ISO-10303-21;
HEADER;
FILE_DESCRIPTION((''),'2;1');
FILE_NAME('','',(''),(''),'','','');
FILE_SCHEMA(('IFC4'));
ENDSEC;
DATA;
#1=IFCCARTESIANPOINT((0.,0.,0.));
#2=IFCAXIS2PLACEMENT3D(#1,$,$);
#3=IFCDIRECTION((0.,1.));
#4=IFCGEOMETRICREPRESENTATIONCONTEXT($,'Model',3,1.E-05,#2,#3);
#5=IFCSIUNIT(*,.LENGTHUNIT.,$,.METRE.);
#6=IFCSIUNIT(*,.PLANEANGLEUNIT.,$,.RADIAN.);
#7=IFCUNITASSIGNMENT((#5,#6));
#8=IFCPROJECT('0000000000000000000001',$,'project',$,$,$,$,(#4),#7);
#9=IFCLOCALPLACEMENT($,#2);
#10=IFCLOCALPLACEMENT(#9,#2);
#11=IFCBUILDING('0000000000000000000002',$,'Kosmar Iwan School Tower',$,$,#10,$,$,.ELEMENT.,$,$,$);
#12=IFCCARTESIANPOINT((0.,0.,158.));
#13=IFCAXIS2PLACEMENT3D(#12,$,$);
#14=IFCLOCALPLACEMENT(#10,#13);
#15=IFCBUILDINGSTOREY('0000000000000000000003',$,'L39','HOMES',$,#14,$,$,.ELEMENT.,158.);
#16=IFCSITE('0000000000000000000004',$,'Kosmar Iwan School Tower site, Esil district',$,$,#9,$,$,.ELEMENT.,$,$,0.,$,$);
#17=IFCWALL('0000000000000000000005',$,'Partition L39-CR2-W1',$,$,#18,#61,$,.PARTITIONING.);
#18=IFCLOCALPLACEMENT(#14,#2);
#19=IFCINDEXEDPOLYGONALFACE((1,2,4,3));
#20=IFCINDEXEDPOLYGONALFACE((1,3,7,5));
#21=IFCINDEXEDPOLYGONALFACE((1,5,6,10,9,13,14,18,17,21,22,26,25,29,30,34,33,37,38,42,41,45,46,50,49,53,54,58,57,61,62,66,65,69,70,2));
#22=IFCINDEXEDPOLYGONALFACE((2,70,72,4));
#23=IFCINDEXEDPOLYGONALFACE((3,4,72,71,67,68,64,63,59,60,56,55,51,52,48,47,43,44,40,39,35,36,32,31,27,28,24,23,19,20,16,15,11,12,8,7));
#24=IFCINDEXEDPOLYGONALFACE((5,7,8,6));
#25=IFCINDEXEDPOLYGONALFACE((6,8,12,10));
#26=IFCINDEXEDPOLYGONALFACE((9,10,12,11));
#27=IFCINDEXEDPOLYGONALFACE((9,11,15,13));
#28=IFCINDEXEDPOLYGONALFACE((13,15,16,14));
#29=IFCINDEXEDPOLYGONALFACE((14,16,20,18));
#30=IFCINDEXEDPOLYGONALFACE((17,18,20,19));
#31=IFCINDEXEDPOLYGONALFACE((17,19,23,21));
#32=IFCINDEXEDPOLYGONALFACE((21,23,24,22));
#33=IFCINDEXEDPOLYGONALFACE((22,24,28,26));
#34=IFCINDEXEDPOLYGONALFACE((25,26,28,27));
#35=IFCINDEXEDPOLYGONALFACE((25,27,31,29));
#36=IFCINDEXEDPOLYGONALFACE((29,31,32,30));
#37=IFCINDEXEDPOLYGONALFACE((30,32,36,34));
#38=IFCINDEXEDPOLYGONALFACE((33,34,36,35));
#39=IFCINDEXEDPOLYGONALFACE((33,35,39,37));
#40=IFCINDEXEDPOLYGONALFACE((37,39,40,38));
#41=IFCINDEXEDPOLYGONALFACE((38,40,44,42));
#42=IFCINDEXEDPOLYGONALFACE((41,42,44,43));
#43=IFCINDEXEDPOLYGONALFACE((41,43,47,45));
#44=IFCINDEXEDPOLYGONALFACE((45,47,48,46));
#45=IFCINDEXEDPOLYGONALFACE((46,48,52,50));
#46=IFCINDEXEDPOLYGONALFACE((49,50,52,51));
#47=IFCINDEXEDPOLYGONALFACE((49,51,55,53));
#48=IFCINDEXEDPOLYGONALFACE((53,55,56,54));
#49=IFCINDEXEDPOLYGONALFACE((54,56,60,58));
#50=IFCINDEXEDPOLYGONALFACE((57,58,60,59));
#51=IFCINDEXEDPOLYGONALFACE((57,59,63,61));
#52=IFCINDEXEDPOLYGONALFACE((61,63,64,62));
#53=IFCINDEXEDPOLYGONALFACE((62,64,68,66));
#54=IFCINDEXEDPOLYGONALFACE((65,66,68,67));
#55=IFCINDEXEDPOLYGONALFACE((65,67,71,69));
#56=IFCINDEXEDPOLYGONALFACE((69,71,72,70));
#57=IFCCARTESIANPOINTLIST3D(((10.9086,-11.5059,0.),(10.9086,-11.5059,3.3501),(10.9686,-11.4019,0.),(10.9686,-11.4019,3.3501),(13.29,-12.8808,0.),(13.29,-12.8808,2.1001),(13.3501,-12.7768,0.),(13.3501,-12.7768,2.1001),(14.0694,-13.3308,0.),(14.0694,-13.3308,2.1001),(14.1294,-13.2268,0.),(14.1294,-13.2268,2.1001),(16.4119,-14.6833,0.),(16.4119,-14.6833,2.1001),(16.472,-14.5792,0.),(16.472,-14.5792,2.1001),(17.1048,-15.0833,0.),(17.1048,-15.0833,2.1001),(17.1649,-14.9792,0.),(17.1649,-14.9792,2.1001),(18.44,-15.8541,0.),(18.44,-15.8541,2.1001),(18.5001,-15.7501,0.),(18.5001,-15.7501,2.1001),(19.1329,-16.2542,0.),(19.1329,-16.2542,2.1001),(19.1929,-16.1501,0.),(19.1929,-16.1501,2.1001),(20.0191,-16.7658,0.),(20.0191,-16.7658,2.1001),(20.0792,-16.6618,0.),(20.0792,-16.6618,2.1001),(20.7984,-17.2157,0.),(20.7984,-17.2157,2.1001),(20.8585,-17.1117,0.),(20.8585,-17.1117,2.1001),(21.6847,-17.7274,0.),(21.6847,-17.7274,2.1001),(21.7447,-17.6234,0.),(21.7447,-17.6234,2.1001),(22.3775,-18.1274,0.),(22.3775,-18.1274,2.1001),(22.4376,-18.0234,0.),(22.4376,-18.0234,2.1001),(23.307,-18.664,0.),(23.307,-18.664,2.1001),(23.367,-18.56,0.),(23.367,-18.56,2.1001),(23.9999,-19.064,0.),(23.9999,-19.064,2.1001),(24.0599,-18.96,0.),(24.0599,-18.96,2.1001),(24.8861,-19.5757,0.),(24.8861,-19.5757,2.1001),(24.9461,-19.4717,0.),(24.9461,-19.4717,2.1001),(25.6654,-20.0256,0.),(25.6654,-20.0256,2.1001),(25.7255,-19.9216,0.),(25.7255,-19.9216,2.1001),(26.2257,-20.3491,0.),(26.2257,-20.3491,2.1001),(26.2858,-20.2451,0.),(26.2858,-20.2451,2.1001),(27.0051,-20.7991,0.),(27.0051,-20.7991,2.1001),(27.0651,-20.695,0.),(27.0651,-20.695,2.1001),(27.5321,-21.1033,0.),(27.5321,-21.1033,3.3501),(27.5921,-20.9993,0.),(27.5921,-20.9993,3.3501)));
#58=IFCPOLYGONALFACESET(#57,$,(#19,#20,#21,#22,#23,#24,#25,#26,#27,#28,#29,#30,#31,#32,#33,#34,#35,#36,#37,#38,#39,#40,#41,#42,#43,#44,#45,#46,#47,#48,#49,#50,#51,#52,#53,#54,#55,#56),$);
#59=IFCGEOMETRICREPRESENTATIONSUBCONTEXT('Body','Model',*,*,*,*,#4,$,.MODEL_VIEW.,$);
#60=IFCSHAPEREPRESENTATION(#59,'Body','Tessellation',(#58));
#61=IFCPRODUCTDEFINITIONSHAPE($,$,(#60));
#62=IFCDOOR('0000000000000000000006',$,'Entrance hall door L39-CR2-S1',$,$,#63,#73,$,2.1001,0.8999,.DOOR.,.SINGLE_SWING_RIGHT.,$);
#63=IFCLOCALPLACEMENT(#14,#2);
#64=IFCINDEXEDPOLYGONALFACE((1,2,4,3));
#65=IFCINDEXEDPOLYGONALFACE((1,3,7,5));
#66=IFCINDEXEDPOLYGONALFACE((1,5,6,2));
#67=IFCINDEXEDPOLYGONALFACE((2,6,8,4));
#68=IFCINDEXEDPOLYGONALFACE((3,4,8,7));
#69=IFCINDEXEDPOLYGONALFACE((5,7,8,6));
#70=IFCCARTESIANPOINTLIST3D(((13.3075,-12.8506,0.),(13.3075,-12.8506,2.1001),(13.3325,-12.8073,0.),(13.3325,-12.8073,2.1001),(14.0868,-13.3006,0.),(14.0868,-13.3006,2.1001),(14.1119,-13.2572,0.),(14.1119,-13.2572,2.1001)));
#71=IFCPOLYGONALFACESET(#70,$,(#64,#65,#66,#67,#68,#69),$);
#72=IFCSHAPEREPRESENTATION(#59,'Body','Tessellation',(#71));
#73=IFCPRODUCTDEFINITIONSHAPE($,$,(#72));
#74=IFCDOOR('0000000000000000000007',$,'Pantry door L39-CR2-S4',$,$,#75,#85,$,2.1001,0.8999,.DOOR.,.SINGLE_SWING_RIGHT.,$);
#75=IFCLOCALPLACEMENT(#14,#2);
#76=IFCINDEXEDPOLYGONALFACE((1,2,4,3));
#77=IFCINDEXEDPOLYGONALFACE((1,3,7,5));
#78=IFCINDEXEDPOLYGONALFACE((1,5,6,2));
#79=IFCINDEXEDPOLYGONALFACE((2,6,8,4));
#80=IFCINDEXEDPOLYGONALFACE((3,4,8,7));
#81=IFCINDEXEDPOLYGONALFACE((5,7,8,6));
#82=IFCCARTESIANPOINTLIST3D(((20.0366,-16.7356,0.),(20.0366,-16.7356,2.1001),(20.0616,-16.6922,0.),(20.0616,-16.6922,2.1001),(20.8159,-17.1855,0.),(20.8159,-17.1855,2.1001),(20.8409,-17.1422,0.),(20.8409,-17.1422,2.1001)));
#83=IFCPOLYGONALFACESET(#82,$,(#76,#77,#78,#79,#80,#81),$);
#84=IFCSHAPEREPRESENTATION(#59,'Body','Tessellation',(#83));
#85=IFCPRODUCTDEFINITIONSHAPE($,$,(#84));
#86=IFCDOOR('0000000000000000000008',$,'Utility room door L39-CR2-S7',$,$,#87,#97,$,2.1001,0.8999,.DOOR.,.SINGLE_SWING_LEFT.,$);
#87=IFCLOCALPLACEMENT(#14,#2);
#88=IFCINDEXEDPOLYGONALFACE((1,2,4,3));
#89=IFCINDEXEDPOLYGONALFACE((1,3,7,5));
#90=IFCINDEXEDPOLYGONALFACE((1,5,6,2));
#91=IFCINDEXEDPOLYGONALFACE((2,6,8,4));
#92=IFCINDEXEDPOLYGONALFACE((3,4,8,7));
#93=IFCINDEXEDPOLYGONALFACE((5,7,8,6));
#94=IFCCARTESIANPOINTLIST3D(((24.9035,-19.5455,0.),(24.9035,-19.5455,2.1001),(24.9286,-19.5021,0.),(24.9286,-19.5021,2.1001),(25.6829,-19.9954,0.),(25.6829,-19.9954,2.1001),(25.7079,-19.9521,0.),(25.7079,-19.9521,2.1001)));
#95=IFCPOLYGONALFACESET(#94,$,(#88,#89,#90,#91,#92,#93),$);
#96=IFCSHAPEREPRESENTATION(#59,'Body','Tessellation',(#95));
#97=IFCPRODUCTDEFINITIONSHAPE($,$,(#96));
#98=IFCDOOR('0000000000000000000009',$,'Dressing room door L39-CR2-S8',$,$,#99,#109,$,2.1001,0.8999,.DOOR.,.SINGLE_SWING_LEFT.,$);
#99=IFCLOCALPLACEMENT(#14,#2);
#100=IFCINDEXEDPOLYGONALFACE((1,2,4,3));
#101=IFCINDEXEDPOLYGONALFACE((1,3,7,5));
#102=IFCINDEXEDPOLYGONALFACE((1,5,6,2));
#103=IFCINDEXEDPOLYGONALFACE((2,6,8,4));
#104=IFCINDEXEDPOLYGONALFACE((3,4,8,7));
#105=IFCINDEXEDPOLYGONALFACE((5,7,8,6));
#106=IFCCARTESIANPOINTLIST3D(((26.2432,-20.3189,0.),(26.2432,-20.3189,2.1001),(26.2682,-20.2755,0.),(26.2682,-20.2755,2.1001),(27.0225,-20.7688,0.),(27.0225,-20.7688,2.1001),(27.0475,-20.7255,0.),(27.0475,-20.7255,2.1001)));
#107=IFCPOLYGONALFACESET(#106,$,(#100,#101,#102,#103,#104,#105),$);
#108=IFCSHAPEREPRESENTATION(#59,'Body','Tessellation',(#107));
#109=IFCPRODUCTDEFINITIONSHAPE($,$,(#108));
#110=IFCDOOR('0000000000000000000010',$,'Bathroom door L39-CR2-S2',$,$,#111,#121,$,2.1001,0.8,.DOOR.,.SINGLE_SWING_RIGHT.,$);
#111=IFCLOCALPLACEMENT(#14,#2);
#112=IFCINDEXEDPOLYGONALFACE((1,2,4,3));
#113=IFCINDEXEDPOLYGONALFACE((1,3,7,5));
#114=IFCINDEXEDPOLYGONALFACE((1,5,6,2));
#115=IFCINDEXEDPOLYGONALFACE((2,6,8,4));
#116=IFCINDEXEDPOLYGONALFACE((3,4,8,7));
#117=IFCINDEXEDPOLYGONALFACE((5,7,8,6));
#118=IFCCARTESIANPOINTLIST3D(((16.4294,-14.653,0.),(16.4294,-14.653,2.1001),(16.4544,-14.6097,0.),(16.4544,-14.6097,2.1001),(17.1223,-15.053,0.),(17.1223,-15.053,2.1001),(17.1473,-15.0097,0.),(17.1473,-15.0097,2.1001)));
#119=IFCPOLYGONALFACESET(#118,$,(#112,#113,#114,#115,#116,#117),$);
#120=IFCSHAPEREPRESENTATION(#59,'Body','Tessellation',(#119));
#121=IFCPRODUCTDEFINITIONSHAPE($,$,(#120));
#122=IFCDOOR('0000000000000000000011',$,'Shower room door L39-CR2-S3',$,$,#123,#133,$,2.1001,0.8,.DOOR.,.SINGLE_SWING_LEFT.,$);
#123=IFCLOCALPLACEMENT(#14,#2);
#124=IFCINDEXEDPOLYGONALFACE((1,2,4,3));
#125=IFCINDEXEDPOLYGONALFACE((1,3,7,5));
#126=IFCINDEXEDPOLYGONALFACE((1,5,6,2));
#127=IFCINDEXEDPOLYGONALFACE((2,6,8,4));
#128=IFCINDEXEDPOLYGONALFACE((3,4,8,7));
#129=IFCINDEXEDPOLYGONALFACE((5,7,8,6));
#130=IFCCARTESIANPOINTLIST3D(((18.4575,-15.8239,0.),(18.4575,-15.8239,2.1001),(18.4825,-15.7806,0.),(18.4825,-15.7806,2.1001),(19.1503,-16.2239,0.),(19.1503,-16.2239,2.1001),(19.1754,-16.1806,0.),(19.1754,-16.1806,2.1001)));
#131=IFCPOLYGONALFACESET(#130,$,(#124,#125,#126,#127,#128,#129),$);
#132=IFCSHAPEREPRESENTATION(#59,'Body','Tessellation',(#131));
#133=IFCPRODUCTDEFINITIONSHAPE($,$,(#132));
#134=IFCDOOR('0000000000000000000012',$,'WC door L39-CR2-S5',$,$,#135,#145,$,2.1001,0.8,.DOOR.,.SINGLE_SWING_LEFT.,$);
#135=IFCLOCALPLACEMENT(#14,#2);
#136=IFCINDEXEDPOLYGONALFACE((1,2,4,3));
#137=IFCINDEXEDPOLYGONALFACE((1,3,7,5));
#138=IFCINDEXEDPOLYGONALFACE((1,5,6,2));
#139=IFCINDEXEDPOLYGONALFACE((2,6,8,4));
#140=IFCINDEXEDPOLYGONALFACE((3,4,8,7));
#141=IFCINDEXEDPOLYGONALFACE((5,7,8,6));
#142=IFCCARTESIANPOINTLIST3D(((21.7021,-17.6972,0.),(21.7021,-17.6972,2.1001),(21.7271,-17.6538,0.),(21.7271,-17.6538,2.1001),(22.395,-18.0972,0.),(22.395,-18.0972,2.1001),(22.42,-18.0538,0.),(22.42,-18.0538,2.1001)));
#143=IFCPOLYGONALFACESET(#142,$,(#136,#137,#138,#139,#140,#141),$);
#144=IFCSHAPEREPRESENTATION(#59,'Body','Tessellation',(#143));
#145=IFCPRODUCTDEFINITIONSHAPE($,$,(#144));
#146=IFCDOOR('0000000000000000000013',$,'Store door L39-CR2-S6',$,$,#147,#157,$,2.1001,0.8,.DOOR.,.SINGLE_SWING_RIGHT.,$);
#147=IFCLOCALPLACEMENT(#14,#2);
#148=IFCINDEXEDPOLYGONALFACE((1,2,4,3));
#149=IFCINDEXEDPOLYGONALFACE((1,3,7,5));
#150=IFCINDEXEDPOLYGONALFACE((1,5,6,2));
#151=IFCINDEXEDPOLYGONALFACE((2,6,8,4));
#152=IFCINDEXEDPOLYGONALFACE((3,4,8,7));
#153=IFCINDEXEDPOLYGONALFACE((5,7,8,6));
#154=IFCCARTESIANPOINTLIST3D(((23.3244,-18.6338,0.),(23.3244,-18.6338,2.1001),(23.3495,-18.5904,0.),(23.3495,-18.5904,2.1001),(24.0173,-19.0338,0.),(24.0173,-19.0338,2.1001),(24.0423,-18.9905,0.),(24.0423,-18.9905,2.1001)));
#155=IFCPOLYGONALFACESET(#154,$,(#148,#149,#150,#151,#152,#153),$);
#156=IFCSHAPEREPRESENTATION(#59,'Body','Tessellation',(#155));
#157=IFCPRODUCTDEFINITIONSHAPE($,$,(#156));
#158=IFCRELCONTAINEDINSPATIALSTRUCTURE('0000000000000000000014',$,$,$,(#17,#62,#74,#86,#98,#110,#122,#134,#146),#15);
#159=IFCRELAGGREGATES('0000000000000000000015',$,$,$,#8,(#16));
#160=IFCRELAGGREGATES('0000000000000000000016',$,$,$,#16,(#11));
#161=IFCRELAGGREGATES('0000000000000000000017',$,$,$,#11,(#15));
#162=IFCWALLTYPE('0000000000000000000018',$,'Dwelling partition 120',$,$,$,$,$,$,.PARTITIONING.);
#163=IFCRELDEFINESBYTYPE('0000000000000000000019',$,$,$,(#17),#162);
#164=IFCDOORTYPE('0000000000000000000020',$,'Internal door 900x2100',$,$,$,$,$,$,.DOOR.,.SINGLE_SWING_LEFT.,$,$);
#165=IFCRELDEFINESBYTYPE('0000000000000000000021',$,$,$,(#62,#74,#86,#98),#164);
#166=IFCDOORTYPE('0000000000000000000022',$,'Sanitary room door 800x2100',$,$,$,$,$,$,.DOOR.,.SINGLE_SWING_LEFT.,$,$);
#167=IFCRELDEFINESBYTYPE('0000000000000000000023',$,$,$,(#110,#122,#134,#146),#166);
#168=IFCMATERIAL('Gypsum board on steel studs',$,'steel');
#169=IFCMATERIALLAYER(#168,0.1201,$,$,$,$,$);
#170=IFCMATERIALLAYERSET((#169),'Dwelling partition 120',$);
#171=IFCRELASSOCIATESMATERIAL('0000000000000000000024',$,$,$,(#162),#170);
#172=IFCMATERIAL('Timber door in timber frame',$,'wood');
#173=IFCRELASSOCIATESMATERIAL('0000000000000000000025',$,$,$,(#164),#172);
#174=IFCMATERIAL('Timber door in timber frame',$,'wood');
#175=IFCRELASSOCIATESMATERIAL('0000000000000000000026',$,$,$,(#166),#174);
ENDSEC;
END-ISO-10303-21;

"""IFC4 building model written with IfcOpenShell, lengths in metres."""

from ifc_helpers import new_model, si_unit, direction, frame, frame_2d, origin, place, context, subcontext, project, spatial, rectangle, extrude, material, layer, layer_set, type_object, element, fill, save


model = new_model("IFC4")

# Units and contexts
model_context = context("Model", 3, precision=1e-05, world=origin(), true_north=direction((0.0, 1.0)))
body_context = subcontext(model_context, "Body", "Model", "MODEL_VIEW")
ifc_project = project(units=[si_unit("LENGTHUNIT", "METRE"), si_unit("PLANEANGLEUNIT", "RADIAN")], contexts=[model_context])

# Site, building, storey
site_placement = place(None, origin())
site = spatial("IfcSite", under=ifc_project, at=site_placement, Name="Kosmar Iwan School Tower site, Esil district", CompositionType="ELEMENT", RefElevation=0.0)
building_placement = place(site_placement, origin())
building = spatial("IfcBuilding", under=site, at=building_placement, Name="Kosmar Iwan School Tower", CompositionType="ELEMENT")
storey_placement = place(building_placement, frame((0.0, 0.0, 158.0)))
storey = spatial("IfcBuildingStorey", under=building, at=storey_placement, Name="L39", Description="HOMES", CompositionType="ELEMENT", Elevation=158.0)

# Shared definitions
ifc_material_1 = material(Name="Gypsum board on steel studs", Category="steel")
ifc_layer_1 = layer(ifc_material_1, 0.1201)
ifc_layer_set_1 = layer_set([ifc_layer_1], Name="Dwelling partition 120")
wall_type_1 = type_object("IfcWallType", Name="Dwelling partition 120", PredefinedType="PARTITIONING", material=ifc_layer_set_1)

# Wall, openings, doors
wall_1_placement = place(storey_placement, frame((10.9385, -11.4539, 0.0), z_axis=(0.0, 0.0, 1.0), x_axis=(0.86603, -0.499993, 0.0)))
wall_1 = element("IfcWall", 1, at=wall_1_placement, inside=storey, type_object=wall_type_1, Name="Partition L39-CR2-W1", PredefinedType="PARTITIONING", context=body_context, shape_type="SweptSolid", body=[
    extrude(rectangle(XDim=19.1951, YDim=0.1201, at=frame_2d((9.5977, 0.0))), origin(), (0.0, 0.0, 1.0), 3.3501),
])
opening_1_placement = place(wall_1_placement, frame((2.75, 0.0, 0.0)))
opening_1 = element("IfcOpeningElement", 2, at=opening_1_placement, cuts=wall_1, PredefinedType="OPENING", context=body_context, shape_type="SweptSolid", body=[
    extrude(rectangle(XDim=0.8999, YDim=2.1001, at=frame_2d((0.45, 1.05))), frame((0.0, 0.072, 0.0), z_axis=(0.0, -1.0, 0.0), x_axis=(1.0, 0.0, 0.0)), (0.0, 0.0, 1.0), 0.144),
])
opening_2_placement = place(wall_1_placement, frame((6.355, 0.0, 0.0)))
opening_2 = element("IfcOpeningElement", 3, at=opening_2_placement, cuts=wall_1, PredefinedType="OPENING", context=body_context, shape_type="SweptSolid", body=[
    extrude(rectangle(XDim=0.8, YDim=2.1001, at=frame_2d((0.3999, 1.05))), frame((0.0, 0.072, 0.0), z_axis=(0.0, -1.0, 0.0), x_axis=(1.0, 0.0, 0.0)), (0.0, 0.0, 1.0), 0.144),
])
opening_3_placement = place(wall_1_placement, frame((8.6968, 0.0, 0.0)))
opening_3 = element("IfcOpeningElement", 4, at=opening_3_placement, cuts=wall_1, PredefinedType="OPENING", context=body_context, shape_type="SweptSolid", body=[
    extrude(rectangle(XDim=0.8, YDim=2.1001, at=frame_2d((0.3999, 1.05))), frame((0.0, 0.072, 0.0), z_axis=(0.0, -1.0, 0.0), x_axis=(1.0, 0.0, 0.0)), (0.0, 0.0, 1.0), 0.144),
])
opening_4_placement = place(wall_1_placement, frame((10.52, 0.0, 0.0)))
opening_4 = element("IfcOpeningElement", 5, at=opening_4_placement, cuts=wall_1, PredefinedType="OPENING", context=body_context, shape_type="SweptSolid", body=[
    extrude(rectangle(XDim=0.8999, YDim=2.1001, at=frame_2d((0.45, 1.05))), frame((0.0, 0.072, 0.0), z_axis=(0.0, -1.0, 0.0), x_axis=(1.0, 0.0, 0.0)), (0.0, 0.0, 1.0), 0.144),
])
opening_5_placement = place(wall_1_placement, frame((12.4434, 0.0, 0.0)))
opening_5 = element("IfcOpeningElement", 6, at=opening_5_placement, cuts=wall_1, PredefinedType="OPENING", context=body_context, shape_type="SweptSolid", body=[
    extrude(rectangle(XDim=0.8, YDim=2.1001, at=frame_2d((0.3999, 1.05))), frame((0.0, 0.072, 0.0), z_axis=(0.0, -1.0, 0.0), x_axis=(1.0, 0.0, 0.0)), (0.0, 0.0, 1.0), 0.144),
])
opening_6_placement = place(wall_1_placement, frame((14.3167, 0.0, 0.0)))
opening_6 = element("IfcOpeningElement", 7, at=opening_6_placement, cuts=wall_1, PredefinedType="OPENING", context=body_context, shape_type="SweptSolid", body=[
    extrude(rectangle(XDim=0.8, YDim=2.1001, at=frame_2d((0.3999, 1.05))), frame((0.0, 0.072, 0.0), z_axis=(0.0, -1.0, 0.0), x_axis=(1.0, 0.0, 0.0)), (0.0, 0.0, 1.0), 0.144),
])
opening_7_placement = place(wall_1_placement, frame((16.1399, 0.0, 0.0)))
opening_7 = element("IfcOpeningElement", 8, at=opening_7_placement, cuts=wall_1, PredefinedType="OPENING", context=body_context, shape_type="SweptSolid", body=[
    extrude(rectangle(XDim=0.8999, YDim=2.1001, at=frame_2d((0.45, 1.05))), frame((0.0, 0.072, 0.0), z_axis=(0.0, -1.0, 0.0), x_axis=(1.0, 0.0, 0.0)), (0.0, 0.0, 1.0), 0.144),
])
opening_8_placement = place(wall_1_placement, frame((17.6868, 0.0, 0.0)))
opening_8 = element("IfcOpeningElement", 9, at=opening_8_placement, cuts=wall_1, PredefinedType="OPENING", context=body_context, shape_type="SweptSolid", body=[
    extrude(rectangle(XDim=0.8999, YDim=2.1001, at=frame_2d((0.45, 1.05))), frame((0.0, 0.072, 0.0), z_axis=(0.0, -1.0, 0.0), x_axis=(1.0, 0.0, 0.0)), (0.0, 0.0, 1.0), 0.144),
])
ifc_material_2 = material(Name="Timber door in timber frame", Category="wood")
door_type_1 = type_object("IfcDoorType", Name="Internal door 900x2100", OperationType="SINGLE_SWING_LEFT", PredefinedType="DOOR", material=ifc_material_2)
door_1_placement = place(opening_1_placement, origin())
door_1 = element("IfcDoor", 10, at=door_1_placement, inside=storey, type_object=door_type_1, Name="Entrance hall door L39-CR2-S1", OperationType="SINGLE_SWING_RIGHT", OverallHeight=2.1001, OverallWidth=0.8999, PredefinedType="DOOR", context=body_context, shape_type="SweptSolid", body=[
    extrude(rectangle(XDim=0.8999, YDim=2.1001, at=frame_2d((0.45, 1.05))), frame((0.0, 0.0249, 0.0), z_axis=(0.0, -1.0, 0.0), x_axis=(1.0, 0.0, 0.0)), (0.0, 0.0, 1.0), 0.05),
])
fill(opening_1, door_1)
door_2_placement = place(opening_4_placement, origin())
door_2 = element("IfcDoor", 11, at=door_2_placement, inside=storey, type_object=door_type_1, Name="Pantry door L39-CR2-S4", OperationType="SINGLE_SWING_RIGHT", OverallHeight=2.1001, OverallWidth=0.8999, PredefinedType="DOOR", context=body_context, shape_type="SweptSolid", body=[
    extrude(rectangle(XDim=0.8999, YDim=2.1001, at=frame_2d((0.45, 1.05))), frame((0.0, 0.0249, 0.0), z_axis=(0.0, -1.0, 0.0), x_axis=(1.0, 0.0, 0.0)), (0.0, 0.0, 1.0), 0.05),
])
fill(opening_4, door_2)
door_3_placement = place(opening_7_placement, origin())
door_3 = element("IfcDoor", 12, at=door_3_placement, inside=storey, type_object=door_type_1, Name="Utility room door L39-CR2-S7", OperationType="SINGLE_SWING_LEFT", OverallHeight=2.1001, OverallWidth=0.8999, PredefinedType="DOOR", context=body_context, shape_type="SweptSolid", body=[
    extrude(rectangle(XDim=0.8999, YDim=2.1001, at=frame_2d((0.45, 1.05))), frame((0.0, 0.0249, 0.0), z_axis=(0.0, -1.0, 0.0), x_axis=(1.0, 0.0, 0.0)), (0.0, 0.0, 1.0), 0.05),
])
fill(opening_7, door_3)
door_4_placement = place(opening_8_placement, origin())
door_4 = element("IfcDoor", 13, at=door_4_placement, inside=storey, type_object=door_type_1, Name="Dressing room door L39-CR2-S8", OperationType="SINGLE_SWING_LEFT", OverallHeight=2.1001, OverallWidth=0.8999, PredefinedType="DOOR", context=body_context, shape_type="SweptSolid", body=[
    extrude(rectangle(XDim=0.8999, YDim=2.1001, at=frame_2d((0.45, 1.05))), frame((0.0, 0.0249, 0.0), z_axis=(0.0, -1.0, 0.0), x_axis=(1.0, 0.0, 0.0)), (0.0, 0.0, 1.0), 0.05),
])
fill(opening_8, door_4)
ifc_material_3 = material(Name="Timber door in timber frame", Category="wood")
door_type_2 = type_object("IfcDoorType", Name="Sanitary room door 800x2100", OperationType="SINGLE_SWING_LEFT", PredefinedType="DOOR", material=ifc_material_3)
door_5_placement = place(opening_2_placement, origin())
door_5 = element("IfcDoor", 14, at=door_5_placement, inside=storey, type_object=door_type_2, Name="Bathroom door L39-CR2-S2", OperationType="SINGLE_SWING_RIGHT", OverallHeight=2.1001, OverallWidth=0.8, PredefinedType="DOOR", context=body_context, shape_type="SweptSolid", body=[
    extrude(rectangle(XDim=0.8, YDim=2.1001, at=frame_2d((0.3999, 1.05))), frame((0.0, 0.0249, 0.0), z_axis=(0.0, -1.0, 0.0), x_axis=(1.0, 0.0, 0.0)), (0.0, 0.0, 1.0), 0.05),
])
fill(opening_2, door_5)
door_6_placement = place(opening_3_placement, origin())
door_6 = element("IfcDoor", 15, at=door_6_placement, inside=storey, type_object=door_type_2, Name="Shower room door L39-CR2-S3", OperationType="SINGLE_SWING_LEFT", OverallHeight=2.1001, OverallWidth=0.8, PredefinedType="DOOR", context=body_context, shape_type="SweptSolid", body=[
    extrude(rectangle(XDim=0.8, YDim=2.1001, at=frame_2d((0.3999, 1.05))), frame((0.0, 0.0249, 0.0), z_axis=(0.0, -1.0, 0.0), x_axis=(1.0, 0.0, 0.0)), (0.0, 0.0, 1.0), 0.05),
])
fill(opening_3, door_6)
door_7_placement = place(opening_5_placement, origin())
door_7 = element("IfcDoor", 16, at=door_7_placement, inside=storey, type_object=door_type_2, Name="WC door L39-CR2-S5", OperationType="SINGLE_SWING_LEFT", OverallHeight=2.1001, OverallWidth=0.8, PredefinedType="DOOR", context=body_context, shape_type="SweptSolid", body=[
    extrude(rectangle(XDim=0.8, YDim=2.1001, at=frame_2d((0.3999, 1.05))), frame((0.0, 0.0249, 0.0), z_axis=(0.0, -1.0, 0.0), x_axis=(1.0, 0.0, 0.0)), (0.0, 0.0, 1.0), 0.05),
])
fill(opening_5, door_7)
door_8_placement = place(opening_6_placement, origin())
door_8 = element("IfcDoor", 17, at=door_8_placement, inside=storey, type_object=door_type_2, Name="Store door L39-CR2-S6", OperationType="SINGLE_SWING_RIGHT", OverallHeight=2.1001, OverallWidth=0.8, PredefinedType="DOOR", context=body_context, shape_type="SweptSolid", body=[
    extrude(rectangle(XDim=0.8, YDim=2.1001, at=frame_2d((0.3999, 1.05))), frame((0.0, 0.0249, 0.0), z_axis=(0.0, -1.0, 0.0), x_axis=(1.0, 0.0, 0.0)), (0.0, 0.0, 1.0), 0.05),
])
fill(opening_6, door_8)

save(model, "model.ifc")
